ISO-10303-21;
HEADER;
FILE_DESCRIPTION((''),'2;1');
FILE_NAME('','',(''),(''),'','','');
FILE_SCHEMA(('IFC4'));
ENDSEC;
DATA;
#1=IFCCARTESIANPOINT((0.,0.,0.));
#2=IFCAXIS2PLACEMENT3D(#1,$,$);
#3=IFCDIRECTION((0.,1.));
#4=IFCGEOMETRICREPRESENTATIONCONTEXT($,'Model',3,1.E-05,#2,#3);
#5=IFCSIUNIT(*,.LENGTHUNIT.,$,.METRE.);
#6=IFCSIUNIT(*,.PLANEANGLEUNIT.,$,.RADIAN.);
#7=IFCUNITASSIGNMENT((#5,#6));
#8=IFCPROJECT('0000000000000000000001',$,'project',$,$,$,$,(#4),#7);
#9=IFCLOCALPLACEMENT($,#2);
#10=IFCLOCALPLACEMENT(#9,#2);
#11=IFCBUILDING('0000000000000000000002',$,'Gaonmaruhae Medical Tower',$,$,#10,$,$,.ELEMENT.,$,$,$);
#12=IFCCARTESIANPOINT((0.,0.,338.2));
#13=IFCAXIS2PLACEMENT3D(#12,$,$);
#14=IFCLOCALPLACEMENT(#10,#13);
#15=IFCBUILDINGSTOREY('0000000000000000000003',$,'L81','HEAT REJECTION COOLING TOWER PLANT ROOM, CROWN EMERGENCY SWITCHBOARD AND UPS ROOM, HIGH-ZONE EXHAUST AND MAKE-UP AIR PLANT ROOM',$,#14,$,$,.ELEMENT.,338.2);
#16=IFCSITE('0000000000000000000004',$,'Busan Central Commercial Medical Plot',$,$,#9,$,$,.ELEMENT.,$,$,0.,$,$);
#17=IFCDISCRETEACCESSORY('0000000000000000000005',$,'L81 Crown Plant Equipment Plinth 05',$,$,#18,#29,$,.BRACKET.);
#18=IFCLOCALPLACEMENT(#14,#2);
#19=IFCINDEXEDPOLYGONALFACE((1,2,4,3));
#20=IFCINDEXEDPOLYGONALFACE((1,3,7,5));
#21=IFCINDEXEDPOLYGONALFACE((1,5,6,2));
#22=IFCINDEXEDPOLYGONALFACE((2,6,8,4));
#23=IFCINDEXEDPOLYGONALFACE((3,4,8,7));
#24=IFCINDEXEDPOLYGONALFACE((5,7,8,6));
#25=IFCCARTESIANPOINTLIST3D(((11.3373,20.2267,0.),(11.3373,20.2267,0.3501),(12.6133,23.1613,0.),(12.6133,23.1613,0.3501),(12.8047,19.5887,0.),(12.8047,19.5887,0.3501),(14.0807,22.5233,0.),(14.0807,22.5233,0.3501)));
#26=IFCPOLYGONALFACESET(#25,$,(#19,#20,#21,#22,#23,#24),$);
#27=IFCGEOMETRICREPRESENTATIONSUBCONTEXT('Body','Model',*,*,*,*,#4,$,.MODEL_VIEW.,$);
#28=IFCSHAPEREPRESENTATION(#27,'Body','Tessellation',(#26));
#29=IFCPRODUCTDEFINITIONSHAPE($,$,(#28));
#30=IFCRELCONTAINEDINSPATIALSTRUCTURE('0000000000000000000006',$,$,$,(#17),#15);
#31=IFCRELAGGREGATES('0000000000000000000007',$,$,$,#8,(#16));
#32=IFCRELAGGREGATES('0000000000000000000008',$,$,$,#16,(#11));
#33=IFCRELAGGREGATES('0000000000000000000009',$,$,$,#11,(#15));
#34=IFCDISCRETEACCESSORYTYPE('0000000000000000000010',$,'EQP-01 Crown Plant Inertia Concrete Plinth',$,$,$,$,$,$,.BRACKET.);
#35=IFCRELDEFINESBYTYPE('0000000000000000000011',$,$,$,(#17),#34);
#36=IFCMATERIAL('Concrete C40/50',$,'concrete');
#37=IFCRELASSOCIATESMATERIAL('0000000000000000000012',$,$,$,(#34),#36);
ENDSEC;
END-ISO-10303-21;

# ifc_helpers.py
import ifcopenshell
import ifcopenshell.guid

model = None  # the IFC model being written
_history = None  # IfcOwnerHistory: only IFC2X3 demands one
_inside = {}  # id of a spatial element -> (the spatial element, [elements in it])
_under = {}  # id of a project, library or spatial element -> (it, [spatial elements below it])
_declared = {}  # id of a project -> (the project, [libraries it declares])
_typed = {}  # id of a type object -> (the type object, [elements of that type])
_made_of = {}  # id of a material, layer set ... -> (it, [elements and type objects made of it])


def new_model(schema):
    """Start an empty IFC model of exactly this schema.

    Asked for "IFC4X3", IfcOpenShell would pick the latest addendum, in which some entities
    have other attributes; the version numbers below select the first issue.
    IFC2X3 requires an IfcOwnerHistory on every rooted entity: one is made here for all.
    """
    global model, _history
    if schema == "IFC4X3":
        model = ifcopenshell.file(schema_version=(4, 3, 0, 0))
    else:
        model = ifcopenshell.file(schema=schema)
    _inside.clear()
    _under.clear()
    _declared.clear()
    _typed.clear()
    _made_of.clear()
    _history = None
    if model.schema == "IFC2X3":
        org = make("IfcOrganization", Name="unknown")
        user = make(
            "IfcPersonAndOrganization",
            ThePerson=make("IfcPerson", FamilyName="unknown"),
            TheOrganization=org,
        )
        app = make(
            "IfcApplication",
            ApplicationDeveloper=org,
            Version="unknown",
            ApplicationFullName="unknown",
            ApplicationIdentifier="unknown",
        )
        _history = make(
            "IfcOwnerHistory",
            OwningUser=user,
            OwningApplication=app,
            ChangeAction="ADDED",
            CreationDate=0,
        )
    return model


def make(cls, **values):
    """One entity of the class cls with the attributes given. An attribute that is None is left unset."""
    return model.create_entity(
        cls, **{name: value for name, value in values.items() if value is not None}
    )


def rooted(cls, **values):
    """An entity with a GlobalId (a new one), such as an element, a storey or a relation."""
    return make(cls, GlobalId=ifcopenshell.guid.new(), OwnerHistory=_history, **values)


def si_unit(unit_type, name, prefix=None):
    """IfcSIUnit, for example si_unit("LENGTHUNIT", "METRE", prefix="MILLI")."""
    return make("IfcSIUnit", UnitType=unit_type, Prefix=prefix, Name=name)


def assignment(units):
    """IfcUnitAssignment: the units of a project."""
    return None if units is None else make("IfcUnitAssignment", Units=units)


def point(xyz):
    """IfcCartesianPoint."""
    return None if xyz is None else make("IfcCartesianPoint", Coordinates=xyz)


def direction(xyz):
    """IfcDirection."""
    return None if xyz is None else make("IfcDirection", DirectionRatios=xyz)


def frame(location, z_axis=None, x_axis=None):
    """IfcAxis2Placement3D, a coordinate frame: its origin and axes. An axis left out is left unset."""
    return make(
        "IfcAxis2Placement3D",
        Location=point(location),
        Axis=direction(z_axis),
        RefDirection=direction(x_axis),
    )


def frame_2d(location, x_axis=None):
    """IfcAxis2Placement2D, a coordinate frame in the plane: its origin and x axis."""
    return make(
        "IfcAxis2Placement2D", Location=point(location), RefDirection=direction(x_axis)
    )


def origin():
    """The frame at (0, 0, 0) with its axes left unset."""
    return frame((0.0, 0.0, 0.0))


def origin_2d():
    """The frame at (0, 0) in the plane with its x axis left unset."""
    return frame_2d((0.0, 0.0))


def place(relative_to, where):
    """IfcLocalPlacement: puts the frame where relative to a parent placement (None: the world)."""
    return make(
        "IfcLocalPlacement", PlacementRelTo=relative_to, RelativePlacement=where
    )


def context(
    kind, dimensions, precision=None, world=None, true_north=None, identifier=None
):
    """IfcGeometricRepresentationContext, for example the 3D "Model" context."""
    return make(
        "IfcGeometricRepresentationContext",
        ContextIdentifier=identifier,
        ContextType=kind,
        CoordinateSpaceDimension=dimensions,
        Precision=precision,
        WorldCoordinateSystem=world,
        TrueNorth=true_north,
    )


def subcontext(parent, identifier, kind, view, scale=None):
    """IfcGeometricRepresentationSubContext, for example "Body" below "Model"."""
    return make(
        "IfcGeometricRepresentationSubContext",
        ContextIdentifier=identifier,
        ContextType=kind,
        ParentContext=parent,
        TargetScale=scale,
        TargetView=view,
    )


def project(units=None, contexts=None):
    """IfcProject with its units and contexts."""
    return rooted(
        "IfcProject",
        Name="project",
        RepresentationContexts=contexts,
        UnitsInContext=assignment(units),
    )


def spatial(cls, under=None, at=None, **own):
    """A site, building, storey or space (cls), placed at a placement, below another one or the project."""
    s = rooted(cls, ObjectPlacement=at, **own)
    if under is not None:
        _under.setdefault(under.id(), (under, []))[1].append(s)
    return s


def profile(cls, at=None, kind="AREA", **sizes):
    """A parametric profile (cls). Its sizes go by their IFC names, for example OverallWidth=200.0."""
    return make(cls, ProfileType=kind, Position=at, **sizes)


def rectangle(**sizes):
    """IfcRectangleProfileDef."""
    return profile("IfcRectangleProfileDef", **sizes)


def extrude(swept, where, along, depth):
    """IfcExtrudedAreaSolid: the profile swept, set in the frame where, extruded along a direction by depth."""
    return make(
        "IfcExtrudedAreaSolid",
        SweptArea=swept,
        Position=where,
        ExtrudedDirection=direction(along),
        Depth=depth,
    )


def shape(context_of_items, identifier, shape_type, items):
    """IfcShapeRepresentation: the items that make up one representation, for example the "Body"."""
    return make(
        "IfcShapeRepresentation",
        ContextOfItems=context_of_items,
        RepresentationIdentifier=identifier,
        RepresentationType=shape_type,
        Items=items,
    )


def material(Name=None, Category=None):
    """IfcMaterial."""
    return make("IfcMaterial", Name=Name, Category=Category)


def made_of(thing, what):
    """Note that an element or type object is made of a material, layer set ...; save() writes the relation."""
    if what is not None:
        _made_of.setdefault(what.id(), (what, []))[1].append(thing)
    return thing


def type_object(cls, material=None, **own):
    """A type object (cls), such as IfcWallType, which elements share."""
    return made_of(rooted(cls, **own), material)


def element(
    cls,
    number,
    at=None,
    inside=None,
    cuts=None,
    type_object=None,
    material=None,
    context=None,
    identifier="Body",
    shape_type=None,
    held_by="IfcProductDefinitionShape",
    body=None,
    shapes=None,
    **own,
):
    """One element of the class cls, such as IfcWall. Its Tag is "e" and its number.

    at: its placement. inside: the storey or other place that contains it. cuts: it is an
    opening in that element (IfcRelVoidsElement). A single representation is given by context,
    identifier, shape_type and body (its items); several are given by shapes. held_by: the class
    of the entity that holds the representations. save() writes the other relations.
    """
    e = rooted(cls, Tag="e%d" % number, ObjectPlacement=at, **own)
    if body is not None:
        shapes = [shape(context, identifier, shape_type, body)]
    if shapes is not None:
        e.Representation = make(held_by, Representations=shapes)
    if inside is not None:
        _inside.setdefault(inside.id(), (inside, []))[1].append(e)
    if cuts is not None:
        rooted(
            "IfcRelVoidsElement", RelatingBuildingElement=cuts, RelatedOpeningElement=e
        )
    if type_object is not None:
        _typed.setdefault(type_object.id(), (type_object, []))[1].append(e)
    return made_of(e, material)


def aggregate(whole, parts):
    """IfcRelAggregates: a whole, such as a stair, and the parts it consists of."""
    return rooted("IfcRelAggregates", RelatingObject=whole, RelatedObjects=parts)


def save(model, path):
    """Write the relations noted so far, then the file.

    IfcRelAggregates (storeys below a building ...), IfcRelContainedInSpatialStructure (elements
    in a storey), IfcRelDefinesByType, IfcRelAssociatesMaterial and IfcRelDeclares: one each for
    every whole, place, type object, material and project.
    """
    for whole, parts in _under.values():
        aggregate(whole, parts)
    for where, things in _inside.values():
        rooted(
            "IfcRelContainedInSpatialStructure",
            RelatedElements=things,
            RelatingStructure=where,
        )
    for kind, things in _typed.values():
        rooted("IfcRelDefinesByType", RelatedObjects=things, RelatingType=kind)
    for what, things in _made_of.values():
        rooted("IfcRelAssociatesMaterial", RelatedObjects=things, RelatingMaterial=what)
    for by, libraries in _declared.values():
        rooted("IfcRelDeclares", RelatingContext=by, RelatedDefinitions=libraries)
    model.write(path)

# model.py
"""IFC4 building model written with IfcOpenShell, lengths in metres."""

from ifc_helpers import new_model, si_unit, direction, frame, origin, origin_2d, place, context, subcontext, project, spatial, rectangle, extrude, material, type_object, element, save


model = new_model("IFC4")

# Units and contexts
model_context = context("Model", 3, precision=1e-05, world=origin(), true_north=direction((0.0, 1.0)))
body_context = subcontext(model_context, "Body", "Model", "MODEL_VIEW")
ifc_project = project(units=[si_unit("LENGTHUNIT", "METRE"), si_unit("PLANEANGLEUNIT", "RADIAN")], contexts=[model_context])

# Site, building, storey
site_placement = place(None, origin())
site = spatial("IfcSite", under=ifc_project, at=site_placement, Name="Busan Central Commercial Medical Plot", CompositionType="ELEMENT", RefElevation=0.0)
building_placement = place(site_placement, origin())
building = spatial("IfcBuilding", under=site, at=building_placement, Name="Gaonmaruhae Medical Tower", CompositionType="ELEMENT")
storey_placement = place(building_placement, frame((0.0, 0.0, 338.2)))
storey = spatial("IfcBuildingStorey", under=building, at=storey_placement, Name="L81", Description="HEAT REJECTION COOLING TOWER PLANT ROOM, CROWN EMERGENCY SWITCHBOARD AND UPS ROOM, HIGH-ZONE EXHAUST AND MAKE-UP AIR PLANT ROOM", CompositionType="ELEMENT", Elevation=338.2)

# Shared definitions
ifc_material_1 = material(Name="Concrete C40/50", Category="concrete")

# Discrete accessory
discrete_accessory_type = type_object("IfcDiscreteAccessoryType", Name="EQP-01 Crown Plant Inertia Concrete Plinth", PredefinedType="BRACKET", material=ifc_material_1)
discrete_accessory_placement = place(storey_placement, frame((12.709, 21.375, 0.0), z_axis=(0.0, 0.0, 1.0), x_axis=(0.398749, 0.91706, 0.0)))
element("IfcDiscreteAccessory", 1, at=discrete_accessory_placement, inside=storey, type_object=discrete_accessory_type, Name="L81 Crown Plant Equipment Plinth 05", PredefinedType="BRACKET", context=body_context, shape_type="SweptSolid", body=[
    extrude(rectangle(XDim=3.2, YDim=1.6001, at=origin_2d()), origin(), (0.0, 0.0, 1.0), 0.3501),
])

save(model, "model.ifc")
